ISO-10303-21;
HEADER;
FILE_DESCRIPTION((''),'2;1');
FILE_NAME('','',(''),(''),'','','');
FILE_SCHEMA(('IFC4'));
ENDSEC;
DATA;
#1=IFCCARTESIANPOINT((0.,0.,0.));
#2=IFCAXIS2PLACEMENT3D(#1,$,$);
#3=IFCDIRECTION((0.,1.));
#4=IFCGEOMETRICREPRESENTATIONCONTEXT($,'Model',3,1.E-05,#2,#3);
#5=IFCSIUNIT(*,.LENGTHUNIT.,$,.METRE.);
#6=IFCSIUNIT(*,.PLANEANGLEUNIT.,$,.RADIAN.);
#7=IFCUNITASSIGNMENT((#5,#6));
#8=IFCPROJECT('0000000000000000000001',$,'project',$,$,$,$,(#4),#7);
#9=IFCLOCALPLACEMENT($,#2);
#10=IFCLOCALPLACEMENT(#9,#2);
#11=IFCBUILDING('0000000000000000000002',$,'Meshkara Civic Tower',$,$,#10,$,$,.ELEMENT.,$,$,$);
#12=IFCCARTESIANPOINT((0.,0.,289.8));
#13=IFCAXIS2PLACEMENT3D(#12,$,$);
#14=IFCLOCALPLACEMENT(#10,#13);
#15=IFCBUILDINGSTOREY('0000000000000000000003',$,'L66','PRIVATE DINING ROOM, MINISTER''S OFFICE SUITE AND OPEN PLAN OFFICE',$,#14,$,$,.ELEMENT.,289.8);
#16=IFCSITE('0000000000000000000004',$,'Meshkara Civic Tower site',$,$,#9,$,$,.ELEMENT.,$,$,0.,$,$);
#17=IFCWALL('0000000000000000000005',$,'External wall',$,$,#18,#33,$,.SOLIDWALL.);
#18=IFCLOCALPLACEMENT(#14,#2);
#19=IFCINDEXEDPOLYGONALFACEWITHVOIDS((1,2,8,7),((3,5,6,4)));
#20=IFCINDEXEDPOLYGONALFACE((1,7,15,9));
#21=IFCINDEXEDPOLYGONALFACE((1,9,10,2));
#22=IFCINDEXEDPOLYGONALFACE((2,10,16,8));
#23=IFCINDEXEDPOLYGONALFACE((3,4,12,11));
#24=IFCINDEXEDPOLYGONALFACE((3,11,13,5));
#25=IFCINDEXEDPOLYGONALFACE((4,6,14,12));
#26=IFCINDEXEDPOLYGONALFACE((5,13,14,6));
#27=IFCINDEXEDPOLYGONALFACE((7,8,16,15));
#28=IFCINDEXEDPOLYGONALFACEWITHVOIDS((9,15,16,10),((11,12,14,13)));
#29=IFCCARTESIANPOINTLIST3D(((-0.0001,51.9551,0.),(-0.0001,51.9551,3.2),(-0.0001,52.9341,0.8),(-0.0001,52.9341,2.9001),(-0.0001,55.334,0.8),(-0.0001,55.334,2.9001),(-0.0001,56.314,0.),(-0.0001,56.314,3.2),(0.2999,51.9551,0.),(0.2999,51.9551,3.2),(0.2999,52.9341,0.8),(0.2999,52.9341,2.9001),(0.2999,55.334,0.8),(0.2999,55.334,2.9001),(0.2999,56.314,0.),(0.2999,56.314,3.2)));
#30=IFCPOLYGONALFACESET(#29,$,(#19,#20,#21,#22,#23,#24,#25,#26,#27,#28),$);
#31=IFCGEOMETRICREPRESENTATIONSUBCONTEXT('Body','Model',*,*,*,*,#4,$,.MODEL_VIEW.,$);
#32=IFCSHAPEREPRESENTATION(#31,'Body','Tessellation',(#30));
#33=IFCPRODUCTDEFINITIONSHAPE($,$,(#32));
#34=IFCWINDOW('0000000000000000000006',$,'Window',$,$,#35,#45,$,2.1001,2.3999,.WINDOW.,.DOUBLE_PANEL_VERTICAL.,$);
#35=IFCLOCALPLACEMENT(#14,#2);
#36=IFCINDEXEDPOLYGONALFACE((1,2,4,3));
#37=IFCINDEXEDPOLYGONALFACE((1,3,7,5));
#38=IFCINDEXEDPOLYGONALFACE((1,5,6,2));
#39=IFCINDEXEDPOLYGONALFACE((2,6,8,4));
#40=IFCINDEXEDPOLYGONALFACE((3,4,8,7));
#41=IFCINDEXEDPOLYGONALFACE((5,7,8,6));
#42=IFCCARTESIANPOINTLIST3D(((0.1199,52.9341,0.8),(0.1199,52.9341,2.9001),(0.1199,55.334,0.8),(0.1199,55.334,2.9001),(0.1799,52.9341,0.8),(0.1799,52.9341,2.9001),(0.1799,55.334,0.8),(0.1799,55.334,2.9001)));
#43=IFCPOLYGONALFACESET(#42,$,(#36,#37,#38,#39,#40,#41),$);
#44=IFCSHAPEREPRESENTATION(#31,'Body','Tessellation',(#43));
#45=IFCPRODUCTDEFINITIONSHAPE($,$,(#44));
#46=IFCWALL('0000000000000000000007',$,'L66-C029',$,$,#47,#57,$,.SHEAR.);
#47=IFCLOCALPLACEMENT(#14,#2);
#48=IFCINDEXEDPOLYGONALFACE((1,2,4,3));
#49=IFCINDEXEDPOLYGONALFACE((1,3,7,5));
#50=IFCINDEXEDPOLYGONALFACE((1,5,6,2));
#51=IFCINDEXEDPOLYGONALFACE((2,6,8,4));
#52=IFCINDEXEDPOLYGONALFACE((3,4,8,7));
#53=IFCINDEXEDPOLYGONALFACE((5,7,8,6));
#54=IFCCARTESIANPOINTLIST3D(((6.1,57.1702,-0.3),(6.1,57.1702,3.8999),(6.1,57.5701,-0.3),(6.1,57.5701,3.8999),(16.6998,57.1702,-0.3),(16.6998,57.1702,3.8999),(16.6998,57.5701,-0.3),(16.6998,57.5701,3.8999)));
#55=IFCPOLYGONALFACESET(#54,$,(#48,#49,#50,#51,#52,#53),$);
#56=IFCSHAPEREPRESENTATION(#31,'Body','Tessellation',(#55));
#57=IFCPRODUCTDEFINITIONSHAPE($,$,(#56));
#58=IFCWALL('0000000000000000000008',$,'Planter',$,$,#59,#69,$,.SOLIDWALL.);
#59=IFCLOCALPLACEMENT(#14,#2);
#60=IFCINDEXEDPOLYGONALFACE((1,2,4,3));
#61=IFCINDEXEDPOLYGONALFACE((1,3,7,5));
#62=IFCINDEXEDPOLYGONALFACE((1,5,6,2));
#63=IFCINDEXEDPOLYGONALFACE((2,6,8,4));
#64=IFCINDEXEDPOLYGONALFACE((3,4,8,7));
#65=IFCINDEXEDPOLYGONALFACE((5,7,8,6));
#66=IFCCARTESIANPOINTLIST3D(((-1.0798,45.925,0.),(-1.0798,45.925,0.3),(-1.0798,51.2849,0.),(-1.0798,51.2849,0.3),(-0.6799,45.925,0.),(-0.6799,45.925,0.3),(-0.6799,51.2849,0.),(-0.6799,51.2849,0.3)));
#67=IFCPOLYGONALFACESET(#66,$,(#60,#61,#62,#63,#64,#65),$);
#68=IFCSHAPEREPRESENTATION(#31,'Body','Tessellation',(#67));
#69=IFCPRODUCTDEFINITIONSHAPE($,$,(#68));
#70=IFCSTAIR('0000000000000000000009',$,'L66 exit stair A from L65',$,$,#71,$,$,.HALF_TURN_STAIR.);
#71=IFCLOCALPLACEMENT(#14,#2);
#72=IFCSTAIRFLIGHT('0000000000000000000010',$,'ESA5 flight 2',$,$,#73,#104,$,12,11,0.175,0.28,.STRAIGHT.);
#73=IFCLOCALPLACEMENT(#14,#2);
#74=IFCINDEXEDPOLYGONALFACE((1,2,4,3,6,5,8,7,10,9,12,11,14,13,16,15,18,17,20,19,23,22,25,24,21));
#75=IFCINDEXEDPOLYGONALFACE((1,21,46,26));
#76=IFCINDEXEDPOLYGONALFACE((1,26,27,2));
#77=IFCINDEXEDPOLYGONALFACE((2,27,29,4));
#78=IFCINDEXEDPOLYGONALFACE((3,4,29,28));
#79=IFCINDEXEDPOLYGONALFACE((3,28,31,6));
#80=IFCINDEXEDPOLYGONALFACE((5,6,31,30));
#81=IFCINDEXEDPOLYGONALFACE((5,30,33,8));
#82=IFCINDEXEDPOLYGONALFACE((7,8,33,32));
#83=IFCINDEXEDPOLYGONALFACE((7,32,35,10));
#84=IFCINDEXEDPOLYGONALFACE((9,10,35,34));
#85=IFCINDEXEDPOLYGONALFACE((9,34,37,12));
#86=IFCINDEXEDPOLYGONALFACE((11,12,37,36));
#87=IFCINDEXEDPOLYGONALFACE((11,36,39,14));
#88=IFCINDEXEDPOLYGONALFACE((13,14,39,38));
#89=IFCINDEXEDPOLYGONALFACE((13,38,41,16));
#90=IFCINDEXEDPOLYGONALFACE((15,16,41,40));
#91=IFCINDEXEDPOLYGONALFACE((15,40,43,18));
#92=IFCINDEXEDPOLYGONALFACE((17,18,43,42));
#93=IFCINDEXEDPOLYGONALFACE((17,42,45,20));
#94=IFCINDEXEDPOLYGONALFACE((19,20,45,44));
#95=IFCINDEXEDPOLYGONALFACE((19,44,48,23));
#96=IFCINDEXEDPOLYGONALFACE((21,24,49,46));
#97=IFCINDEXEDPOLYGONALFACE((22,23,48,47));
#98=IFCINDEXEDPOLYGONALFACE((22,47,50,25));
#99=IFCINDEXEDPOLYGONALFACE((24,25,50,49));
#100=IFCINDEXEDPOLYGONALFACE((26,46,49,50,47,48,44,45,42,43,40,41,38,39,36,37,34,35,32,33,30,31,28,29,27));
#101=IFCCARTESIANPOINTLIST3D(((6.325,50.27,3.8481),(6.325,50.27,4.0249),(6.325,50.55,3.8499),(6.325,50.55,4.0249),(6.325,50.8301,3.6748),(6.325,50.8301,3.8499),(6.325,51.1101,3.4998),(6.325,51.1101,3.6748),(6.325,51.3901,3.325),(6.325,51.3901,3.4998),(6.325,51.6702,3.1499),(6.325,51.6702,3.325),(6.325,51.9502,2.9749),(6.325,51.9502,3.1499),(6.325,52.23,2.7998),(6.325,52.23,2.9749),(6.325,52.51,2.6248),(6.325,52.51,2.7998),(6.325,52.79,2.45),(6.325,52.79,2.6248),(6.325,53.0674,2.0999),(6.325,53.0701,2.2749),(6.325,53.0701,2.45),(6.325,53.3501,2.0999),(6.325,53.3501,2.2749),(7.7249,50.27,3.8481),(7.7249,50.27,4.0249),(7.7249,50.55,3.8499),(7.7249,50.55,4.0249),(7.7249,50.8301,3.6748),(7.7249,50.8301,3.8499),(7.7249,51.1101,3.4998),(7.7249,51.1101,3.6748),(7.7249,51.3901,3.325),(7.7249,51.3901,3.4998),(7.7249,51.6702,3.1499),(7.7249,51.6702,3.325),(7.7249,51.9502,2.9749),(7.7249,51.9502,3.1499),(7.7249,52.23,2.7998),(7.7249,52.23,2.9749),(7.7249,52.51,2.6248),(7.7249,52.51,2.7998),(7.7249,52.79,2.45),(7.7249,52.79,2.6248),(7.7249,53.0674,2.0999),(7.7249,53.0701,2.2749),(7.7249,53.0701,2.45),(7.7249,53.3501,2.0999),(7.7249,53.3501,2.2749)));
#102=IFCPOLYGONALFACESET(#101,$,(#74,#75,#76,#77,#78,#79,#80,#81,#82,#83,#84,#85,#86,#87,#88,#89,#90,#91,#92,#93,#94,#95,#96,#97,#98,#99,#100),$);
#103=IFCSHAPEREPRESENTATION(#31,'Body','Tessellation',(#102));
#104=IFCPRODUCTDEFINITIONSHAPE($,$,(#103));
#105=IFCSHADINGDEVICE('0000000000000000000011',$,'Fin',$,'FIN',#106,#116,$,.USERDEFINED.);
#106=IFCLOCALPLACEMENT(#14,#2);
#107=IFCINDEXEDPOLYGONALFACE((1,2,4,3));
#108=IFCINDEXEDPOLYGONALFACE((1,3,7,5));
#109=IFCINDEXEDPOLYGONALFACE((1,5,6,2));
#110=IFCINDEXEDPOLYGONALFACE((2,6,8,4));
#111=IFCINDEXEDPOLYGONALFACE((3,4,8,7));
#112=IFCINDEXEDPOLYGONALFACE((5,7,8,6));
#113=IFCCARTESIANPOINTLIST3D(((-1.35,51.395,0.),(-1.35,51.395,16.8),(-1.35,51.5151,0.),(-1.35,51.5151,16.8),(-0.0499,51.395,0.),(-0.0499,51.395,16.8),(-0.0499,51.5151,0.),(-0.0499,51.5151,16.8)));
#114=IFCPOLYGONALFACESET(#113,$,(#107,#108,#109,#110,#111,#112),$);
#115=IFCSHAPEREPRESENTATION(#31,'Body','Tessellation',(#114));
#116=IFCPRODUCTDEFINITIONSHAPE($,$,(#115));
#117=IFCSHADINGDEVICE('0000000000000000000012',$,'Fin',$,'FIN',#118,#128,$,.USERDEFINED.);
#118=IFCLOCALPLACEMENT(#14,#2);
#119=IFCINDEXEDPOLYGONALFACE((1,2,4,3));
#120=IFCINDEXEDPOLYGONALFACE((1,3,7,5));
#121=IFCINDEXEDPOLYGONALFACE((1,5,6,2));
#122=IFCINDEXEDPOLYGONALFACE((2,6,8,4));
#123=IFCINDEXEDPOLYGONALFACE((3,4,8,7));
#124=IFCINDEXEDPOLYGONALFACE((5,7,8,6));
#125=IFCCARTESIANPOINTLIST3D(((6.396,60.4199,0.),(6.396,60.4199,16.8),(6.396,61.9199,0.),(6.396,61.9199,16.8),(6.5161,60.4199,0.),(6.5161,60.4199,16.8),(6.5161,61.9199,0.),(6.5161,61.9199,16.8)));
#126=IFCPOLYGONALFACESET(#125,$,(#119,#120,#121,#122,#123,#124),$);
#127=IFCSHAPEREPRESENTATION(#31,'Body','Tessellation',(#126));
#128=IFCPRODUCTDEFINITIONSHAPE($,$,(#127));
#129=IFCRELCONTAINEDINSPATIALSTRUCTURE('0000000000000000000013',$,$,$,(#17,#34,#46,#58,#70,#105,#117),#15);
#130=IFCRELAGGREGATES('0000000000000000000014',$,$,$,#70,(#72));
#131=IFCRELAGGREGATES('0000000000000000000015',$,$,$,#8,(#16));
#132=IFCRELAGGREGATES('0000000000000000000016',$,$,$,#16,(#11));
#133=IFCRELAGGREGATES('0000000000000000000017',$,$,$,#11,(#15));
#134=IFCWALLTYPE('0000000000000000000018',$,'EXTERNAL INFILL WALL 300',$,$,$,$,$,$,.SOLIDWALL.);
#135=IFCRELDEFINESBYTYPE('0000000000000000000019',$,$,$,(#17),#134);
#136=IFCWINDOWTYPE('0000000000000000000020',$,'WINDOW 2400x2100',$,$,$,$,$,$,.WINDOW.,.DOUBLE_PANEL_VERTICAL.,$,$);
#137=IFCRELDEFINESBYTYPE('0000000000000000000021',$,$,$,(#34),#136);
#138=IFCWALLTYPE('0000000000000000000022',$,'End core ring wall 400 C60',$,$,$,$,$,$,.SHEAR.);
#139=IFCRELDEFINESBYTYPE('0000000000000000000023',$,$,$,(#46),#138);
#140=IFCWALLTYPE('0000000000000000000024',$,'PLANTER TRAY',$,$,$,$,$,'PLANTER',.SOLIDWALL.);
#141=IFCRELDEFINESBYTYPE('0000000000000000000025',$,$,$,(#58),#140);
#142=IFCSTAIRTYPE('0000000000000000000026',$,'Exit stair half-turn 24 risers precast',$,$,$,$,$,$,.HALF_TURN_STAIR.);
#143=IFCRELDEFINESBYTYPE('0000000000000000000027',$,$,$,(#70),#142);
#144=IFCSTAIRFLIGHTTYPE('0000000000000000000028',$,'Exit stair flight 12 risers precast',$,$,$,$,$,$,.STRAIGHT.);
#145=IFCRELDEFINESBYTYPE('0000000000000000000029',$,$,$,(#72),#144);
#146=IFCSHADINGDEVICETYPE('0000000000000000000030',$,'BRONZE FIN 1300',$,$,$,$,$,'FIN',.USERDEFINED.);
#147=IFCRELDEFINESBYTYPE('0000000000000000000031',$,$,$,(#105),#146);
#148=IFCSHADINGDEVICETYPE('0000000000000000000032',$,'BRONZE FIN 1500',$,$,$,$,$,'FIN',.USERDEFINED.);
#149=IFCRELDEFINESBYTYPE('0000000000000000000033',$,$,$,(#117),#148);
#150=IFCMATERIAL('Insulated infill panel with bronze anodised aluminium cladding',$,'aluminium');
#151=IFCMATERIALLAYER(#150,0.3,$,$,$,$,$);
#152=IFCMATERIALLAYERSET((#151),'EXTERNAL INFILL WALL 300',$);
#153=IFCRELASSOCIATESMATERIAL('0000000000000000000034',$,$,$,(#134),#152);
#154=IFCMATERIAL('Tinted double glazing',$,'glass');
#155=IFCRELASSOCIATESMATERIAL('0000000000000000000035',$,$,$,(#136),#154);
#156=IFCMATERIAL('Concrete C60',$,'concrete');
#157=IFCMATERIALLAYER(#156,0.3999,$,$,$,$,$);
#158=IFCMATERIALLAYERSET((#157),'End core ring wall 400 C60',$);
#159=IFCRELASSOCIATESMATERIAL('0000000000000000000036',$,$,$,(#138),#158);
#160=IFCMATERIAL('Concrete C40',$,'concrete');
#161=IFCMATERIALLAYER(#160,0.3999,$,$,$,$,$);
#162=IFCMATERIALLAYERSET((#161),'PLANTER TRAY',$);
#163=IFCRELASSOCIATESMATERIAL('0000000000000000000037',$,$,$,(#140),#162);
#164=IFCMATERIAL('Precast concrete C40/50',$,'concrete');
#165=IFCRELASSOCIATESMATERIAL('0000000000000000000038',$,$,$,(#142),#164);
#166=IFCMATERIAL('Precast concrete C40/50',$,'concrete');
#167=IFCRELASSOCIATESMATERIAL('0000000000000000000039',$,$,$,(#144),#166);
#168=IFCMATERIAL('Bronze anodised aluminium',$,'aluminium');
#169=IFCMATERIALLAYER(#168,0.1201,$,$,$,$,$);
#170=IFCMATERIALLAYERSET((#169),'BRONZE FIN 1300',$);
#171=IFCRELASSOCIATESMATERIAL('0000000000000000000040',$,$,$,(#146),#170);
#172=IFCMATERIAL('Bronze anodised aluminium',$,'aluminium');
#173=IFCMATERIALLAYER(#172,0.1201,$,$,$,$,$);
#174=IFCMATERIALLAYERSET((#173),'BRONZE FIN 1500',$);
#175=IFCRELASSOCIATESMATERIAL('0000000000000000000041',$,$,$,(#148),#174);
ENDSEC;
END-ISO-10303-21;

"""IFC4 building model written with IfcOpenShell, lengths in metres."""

from ifc_helpers import new_model, si_unit, direction, frame, frame_2d, origin, origin_2d, place, context, subcontext, project, spatial, polyline, rectangle, outline, extrude, material, layer, layer_set, type_object, element, fill, aggregate, save


model = new_model("IFC4")

# Units and contexts
model_context = context("Model", 3, precision=1e-05, world=origin(), true_north=direction((0.0, 1.0)))
body_context = subcontext(model_context, "Body", "Model", "MODEL_VIEW")
ifc_project = project(units=[si_unit("LENGTHUNIT", "METRE"), si_unit("PLANEANGLEUNIT", "RADIAN")], contexts=[model_context])

# Site, building, storey
site_placement = place(None, origin())
site = spatial("IfcSite", under=ifc_project, at=site_placement, Name="Meshkara Civic Tower site", CompositionType="ELEMENT", RefElevation=0.0)
building_placement = place(site_placement, origin())
building = spatial("IfcBuilding", under=site, at=building_placement, Name="Meshkara Civic Tower", CompositionType="ELEMENT")
storey_placement = place(building_placement, frame((0.0, 0.0, 289.8)))
storey = spatial("IfcBuildingStorey", under=building, at=storey_placement, Name="L66", Description="PRIVATE DINING ROOM, MINISTER'S OFFICE SUITE AND OPEN PLAN OFFICE", CompositionType="ELEMENT", Elevation=289.8)

# Wall, opening, window
ifc_material_1 = material(Name="Insulated infill panel with bronze anodised aluminium cladding", Category="aluminium")
ifc_layer_1 = layer(ifc_material_1, 0.3)
ifc_layer_set_1 = layer_set([ifc_layer_1], Name="EXTERNAL INFILL WALL 300")
wall_type_1 = type_object("IfcWallType", Name="EXTERNAL INFILL WALL 300", PredefinedType="SOLIDWALL", material=ifc_layer_set_1)
ifc_material_2 = material(Name="Tinted double glazing", Category="glass")
window_type = type_object("IfcWindowType", Name="WINDOW 2400x2100", PartitioningType="DOUBLE_PANEL_VERTICAL", PredefinedType="WINDOW", material=ifc_material_2)
wall_1_placement = place(storey_placement, frame((0.1499, 56.314, 0.0), z_axis=(0.0, 0.0, 1.0), x_axis=(0.0, -1.0, 0.0)))
wall_1 = element("IfcWall", 1, at=wall_1_placement, inside=storey, type_object=wall_type_1, Name="External wall", PredefinedType="SOLIDWALL", context=body_context, shape_type="SweptSolid", body=[
    extrude(rectangle(XDim=4.3589, YDim=0.3, at=frame_2d((2.1794, 0.0))), origin(), (0.0, 0.0, 1.0), 3.2),
])
opening_1_placement = place(wall_1_placement, frame((0.98, 0.0, 0.8)))
opening_1 = element("IfcOpeningElement", 2, at=opening_1_placement, cuts=wall_1, PredefinedType="OPENING", context=body_context, shape_type="SweptSolid", body=[
    extrude(rectangle(XDim=2.3999, YDim=2.1001, at=frame_2d((1.2, 1.05))), frame((0.0, 0.1599, 0.0), z_axis=(0.0, -1.0, 0.0), x_axis=(1.0, 0.0, 0.0)), (0.0, 0.0, 1.0), 0.3201),
])
window_1_placement = place(opening_1_placement, origin())
window_1 = element("IfcWindow", 3, at=window_1_placement, inside=storey, type_object=window_type, Name="Window", OverallHeight=2.1001, OverallWidth=2.3999, PartitioningType="DOUBLE_PANEL_VERTICAL", PredefinedType="WINDOW", context=body_context, shape_type="SweptSolid", body=[
    extrude(rectangle(XDim=2.3999, YDim=2.1001, at=frame_2d((1.2, 1.05))), frame((0.0, 0.03, 0.0), z_axis=(0.0, -1.0, 0.0), x_axis=(1.0, 0.0, 0.0)), (0.0, 0.0, 1.0), 0.0601),
])
fill(opening_1, window_1)

# Wall
ifc_material_3 = material(Name="Concrete C60", Category="concrete")
ifc_layer_2 = layer(ifc_material_3, 0.3999)
ifc_layer_set_2 = layer_set([ifc_layer_2], Name="End core ring wall 400 C60")
wall_type_2 = type_object("IfcWallType", Name="End core ring wall 400 C60", PredefinedType="SHEAR", material=ifc_layer_set_2)
wall_2_placement = place(storey_placement, frame((6.1001, 57.3701, -0.3), z_axis=(0.0, 0.0, 1.0), x_axis=(1.0, 0.0, 0.0)))
element("IfcWall", 4, at=wall_2_placement, inside=storey, type_object=wall_type_2, Name="L66-C029", PredefinedType="SHEAR", context=body_context, shape_type="SweptSolid", body=[
    extrude(rectangle(XDim=10.5999, YDim=0.3999, at=frame_2d((5.2998, 0.0))), origin(), (0.0, 0.0, 1.0), 4.2),
])

# Wall
ifc_material_4 = material(Name="Concrete C40", Category="concrete")
ifc_layer_3 = layer(ifc_material_4, 0.3999)
ifc_layer_set_3 = layer_set([ifc_layer_3], Name="PLANTER TRAY")
wall_type_3 = type_object("IfcWallType", Name="PLANTER TRAY", ElementType="PLANTER", PredefinedType="SOLIDWALL", material=ifc_layer_set_3)
wall_3_placement = place(storey_placement, frame((-0.8799, 51.2849, 0.0), z_axis=(0.0, 0.0, 1.0), x_axis=(0.0, -1.0, 0.0)))
element("IfcWall", 5, at=wall_3_placement, inside=storey, type_object=wall_type_3, Name="Planter", PredefinedType="SOLIDWALL", context=body_context, shape_type="SweptSolid", body=[
    extrude(rectangle(XDim=5.3599, YDim=0.3999, at=frame_2d((2.6799, 0.0))), origin(), (0.0, 0.0, 1.0), 0.3),
])

# Stair, stair flight
ifc_material_5 = material(Name="Precast concrete C40/50", Category="concrete")
stair_type = type_object("IfcStairType", Name="Exit stair half-turn 24 risers precast", PredefinedType="HALF_TURN_STAIR", material=ifc_material_5)
stair_placement = place(storey_placement, origin())
stair = element("IfcStair", 6, at=stair_placement, inside=storey, type_object=stair_type, Name="L66 exit stair A from L65", PredefinedType="HALF_TURN_STAIR")
ifc_material_6 = material(Name="Precast concrete C40/50", Category="concrete")
stair_flight_type = type_object("IfcStairFlightType", Name="Exit stair flight 12 risers precast", PredefinedType="STRAIGHT", material=ifc_material_6)
stair_flight_placement = place(storey_placement, frame((7.0249, 53.3501, 2.0999), z_axis=(0.0, 0.0, 1.0), x_axis=(0.0, -1.0, 0.0)))
stair_flight = element("IfcStairFlight", 7, at=stair_flight_placement, type_object=stair_flight_type, Name="ESA5 flight 2", NumberOfRisers=12, NumberOfTreads=11, PredefinedType="STRAIGHT", RiserHeight=0.175, TreadLength=0.28, context=body_context, shape_type="SweptSolid", body=[
    extrude(outline(polyline([(0.0, 0.0), (0.0, 0.175), (0.28, 0.175), (0.28, 0.3501), (0.5601, 0.3501), (0.5601, 0.5249), (0.8401, 0.5249), (0.8401, 0.7), (1.1201, 0.7), (1.1201, 0.875), (1.3999, 0.875), (1.3999, 1.05), (1.6799, 1.05), (1.6799, 1.2251), (1.96, 1.2251), (1.96, 1.3999), (2.24, 1.3999), (2.24, 1.575), (2.52, 1.575), (2.52, 1.75), (2.8, 1.75), (2.8, 1.925), (3.0801, 1.925), (3.0801, 2.1001), (3.0801, 1.7483), (0.2827, 0.0), (0.0, 0.0)])), frame((0.0, 0.7, 0.0), z_axis=(0.0, -1.0, 0.0), x_axis=(1.0, 0.0, 0.0)), (0.0, 0.0, 1.0), 1.3999),
])
aggregate(stair, [stair_flight])

# Shading devices
ifc_material_7 = material(Name="Bronze anodised aluminium", Category="aluminium")
ifc_layer_4 = layer(ifc_material_7, 0.1201)
ifc_layer_set_4 = layer_set([ifc_layer_4], Name="BRONZE FIN 1300")
shading_device_type_1 = type_object("IfcShadingDeviceType", Name="BRONZE FIN 1300", ElementType="FIN", PredefinedType="USERDEFINED", material=ifc_layer_set_4)
shading_device_1_placement = place(storey_placement, frame((-0.7, 51.4551, 0.0), z_axis=(0.0, 0.0, 1.0), x_axis=(0.0, -1.0, 0.0)))
element("IfcShadingDevice", 8, at=shading_device_1_placement, inside=storey, type_object=shading_device_type_1, Name="Fin", ObjectType="FIN", PredefinedType="USERDEFINED", context=body_context, shape_type="SweptSolid", body=[
    extrude(rectangle(XDim=0.1201, YDim=1.3, at=origin_2d()), origin(), (0.0, 0.0, 1.0), 16.8),
])
ifc_material_8 = material(Name="Bronze anodised aluminium", Category="aluminium")
ifc_layer_5 = layer(ifc_material_8, 0.1201)
ifc_layer_set_5 = layer_set([ifc_layer_5], Name="BRONZE FIN 1500")
shading_device_type_2 = type_object("IfcShadingDeviceType", Name="BRONZE FIN 1500", ElementType="FIN", PredefinedType="USERDEFINED", material=ifc_layer_set_5)
shading_device_2_placement = place(storey_placement, frame((6.4561, 61.1699, 0.0), z_axis=(0.0, 0.0, 1.0), x_axis=(-1.0, 0.0, 0.0)))
element("IfcShadingDevice", 9, at=shading_device_2_placement, inside=storey, type_object=shading_device_type_2, Name="Fin", ObjectType="FIN", PredefinedType="USERDEFINED", context=body_context, shape_type="SweptSolid", body=[
    extrude(rectangle(XDim=0.1201, YDim=1.5, at=origin_2d()), origin(), (0.0, 0.0, 1.0), 16.8),
])

save(model, "model.ifc")
